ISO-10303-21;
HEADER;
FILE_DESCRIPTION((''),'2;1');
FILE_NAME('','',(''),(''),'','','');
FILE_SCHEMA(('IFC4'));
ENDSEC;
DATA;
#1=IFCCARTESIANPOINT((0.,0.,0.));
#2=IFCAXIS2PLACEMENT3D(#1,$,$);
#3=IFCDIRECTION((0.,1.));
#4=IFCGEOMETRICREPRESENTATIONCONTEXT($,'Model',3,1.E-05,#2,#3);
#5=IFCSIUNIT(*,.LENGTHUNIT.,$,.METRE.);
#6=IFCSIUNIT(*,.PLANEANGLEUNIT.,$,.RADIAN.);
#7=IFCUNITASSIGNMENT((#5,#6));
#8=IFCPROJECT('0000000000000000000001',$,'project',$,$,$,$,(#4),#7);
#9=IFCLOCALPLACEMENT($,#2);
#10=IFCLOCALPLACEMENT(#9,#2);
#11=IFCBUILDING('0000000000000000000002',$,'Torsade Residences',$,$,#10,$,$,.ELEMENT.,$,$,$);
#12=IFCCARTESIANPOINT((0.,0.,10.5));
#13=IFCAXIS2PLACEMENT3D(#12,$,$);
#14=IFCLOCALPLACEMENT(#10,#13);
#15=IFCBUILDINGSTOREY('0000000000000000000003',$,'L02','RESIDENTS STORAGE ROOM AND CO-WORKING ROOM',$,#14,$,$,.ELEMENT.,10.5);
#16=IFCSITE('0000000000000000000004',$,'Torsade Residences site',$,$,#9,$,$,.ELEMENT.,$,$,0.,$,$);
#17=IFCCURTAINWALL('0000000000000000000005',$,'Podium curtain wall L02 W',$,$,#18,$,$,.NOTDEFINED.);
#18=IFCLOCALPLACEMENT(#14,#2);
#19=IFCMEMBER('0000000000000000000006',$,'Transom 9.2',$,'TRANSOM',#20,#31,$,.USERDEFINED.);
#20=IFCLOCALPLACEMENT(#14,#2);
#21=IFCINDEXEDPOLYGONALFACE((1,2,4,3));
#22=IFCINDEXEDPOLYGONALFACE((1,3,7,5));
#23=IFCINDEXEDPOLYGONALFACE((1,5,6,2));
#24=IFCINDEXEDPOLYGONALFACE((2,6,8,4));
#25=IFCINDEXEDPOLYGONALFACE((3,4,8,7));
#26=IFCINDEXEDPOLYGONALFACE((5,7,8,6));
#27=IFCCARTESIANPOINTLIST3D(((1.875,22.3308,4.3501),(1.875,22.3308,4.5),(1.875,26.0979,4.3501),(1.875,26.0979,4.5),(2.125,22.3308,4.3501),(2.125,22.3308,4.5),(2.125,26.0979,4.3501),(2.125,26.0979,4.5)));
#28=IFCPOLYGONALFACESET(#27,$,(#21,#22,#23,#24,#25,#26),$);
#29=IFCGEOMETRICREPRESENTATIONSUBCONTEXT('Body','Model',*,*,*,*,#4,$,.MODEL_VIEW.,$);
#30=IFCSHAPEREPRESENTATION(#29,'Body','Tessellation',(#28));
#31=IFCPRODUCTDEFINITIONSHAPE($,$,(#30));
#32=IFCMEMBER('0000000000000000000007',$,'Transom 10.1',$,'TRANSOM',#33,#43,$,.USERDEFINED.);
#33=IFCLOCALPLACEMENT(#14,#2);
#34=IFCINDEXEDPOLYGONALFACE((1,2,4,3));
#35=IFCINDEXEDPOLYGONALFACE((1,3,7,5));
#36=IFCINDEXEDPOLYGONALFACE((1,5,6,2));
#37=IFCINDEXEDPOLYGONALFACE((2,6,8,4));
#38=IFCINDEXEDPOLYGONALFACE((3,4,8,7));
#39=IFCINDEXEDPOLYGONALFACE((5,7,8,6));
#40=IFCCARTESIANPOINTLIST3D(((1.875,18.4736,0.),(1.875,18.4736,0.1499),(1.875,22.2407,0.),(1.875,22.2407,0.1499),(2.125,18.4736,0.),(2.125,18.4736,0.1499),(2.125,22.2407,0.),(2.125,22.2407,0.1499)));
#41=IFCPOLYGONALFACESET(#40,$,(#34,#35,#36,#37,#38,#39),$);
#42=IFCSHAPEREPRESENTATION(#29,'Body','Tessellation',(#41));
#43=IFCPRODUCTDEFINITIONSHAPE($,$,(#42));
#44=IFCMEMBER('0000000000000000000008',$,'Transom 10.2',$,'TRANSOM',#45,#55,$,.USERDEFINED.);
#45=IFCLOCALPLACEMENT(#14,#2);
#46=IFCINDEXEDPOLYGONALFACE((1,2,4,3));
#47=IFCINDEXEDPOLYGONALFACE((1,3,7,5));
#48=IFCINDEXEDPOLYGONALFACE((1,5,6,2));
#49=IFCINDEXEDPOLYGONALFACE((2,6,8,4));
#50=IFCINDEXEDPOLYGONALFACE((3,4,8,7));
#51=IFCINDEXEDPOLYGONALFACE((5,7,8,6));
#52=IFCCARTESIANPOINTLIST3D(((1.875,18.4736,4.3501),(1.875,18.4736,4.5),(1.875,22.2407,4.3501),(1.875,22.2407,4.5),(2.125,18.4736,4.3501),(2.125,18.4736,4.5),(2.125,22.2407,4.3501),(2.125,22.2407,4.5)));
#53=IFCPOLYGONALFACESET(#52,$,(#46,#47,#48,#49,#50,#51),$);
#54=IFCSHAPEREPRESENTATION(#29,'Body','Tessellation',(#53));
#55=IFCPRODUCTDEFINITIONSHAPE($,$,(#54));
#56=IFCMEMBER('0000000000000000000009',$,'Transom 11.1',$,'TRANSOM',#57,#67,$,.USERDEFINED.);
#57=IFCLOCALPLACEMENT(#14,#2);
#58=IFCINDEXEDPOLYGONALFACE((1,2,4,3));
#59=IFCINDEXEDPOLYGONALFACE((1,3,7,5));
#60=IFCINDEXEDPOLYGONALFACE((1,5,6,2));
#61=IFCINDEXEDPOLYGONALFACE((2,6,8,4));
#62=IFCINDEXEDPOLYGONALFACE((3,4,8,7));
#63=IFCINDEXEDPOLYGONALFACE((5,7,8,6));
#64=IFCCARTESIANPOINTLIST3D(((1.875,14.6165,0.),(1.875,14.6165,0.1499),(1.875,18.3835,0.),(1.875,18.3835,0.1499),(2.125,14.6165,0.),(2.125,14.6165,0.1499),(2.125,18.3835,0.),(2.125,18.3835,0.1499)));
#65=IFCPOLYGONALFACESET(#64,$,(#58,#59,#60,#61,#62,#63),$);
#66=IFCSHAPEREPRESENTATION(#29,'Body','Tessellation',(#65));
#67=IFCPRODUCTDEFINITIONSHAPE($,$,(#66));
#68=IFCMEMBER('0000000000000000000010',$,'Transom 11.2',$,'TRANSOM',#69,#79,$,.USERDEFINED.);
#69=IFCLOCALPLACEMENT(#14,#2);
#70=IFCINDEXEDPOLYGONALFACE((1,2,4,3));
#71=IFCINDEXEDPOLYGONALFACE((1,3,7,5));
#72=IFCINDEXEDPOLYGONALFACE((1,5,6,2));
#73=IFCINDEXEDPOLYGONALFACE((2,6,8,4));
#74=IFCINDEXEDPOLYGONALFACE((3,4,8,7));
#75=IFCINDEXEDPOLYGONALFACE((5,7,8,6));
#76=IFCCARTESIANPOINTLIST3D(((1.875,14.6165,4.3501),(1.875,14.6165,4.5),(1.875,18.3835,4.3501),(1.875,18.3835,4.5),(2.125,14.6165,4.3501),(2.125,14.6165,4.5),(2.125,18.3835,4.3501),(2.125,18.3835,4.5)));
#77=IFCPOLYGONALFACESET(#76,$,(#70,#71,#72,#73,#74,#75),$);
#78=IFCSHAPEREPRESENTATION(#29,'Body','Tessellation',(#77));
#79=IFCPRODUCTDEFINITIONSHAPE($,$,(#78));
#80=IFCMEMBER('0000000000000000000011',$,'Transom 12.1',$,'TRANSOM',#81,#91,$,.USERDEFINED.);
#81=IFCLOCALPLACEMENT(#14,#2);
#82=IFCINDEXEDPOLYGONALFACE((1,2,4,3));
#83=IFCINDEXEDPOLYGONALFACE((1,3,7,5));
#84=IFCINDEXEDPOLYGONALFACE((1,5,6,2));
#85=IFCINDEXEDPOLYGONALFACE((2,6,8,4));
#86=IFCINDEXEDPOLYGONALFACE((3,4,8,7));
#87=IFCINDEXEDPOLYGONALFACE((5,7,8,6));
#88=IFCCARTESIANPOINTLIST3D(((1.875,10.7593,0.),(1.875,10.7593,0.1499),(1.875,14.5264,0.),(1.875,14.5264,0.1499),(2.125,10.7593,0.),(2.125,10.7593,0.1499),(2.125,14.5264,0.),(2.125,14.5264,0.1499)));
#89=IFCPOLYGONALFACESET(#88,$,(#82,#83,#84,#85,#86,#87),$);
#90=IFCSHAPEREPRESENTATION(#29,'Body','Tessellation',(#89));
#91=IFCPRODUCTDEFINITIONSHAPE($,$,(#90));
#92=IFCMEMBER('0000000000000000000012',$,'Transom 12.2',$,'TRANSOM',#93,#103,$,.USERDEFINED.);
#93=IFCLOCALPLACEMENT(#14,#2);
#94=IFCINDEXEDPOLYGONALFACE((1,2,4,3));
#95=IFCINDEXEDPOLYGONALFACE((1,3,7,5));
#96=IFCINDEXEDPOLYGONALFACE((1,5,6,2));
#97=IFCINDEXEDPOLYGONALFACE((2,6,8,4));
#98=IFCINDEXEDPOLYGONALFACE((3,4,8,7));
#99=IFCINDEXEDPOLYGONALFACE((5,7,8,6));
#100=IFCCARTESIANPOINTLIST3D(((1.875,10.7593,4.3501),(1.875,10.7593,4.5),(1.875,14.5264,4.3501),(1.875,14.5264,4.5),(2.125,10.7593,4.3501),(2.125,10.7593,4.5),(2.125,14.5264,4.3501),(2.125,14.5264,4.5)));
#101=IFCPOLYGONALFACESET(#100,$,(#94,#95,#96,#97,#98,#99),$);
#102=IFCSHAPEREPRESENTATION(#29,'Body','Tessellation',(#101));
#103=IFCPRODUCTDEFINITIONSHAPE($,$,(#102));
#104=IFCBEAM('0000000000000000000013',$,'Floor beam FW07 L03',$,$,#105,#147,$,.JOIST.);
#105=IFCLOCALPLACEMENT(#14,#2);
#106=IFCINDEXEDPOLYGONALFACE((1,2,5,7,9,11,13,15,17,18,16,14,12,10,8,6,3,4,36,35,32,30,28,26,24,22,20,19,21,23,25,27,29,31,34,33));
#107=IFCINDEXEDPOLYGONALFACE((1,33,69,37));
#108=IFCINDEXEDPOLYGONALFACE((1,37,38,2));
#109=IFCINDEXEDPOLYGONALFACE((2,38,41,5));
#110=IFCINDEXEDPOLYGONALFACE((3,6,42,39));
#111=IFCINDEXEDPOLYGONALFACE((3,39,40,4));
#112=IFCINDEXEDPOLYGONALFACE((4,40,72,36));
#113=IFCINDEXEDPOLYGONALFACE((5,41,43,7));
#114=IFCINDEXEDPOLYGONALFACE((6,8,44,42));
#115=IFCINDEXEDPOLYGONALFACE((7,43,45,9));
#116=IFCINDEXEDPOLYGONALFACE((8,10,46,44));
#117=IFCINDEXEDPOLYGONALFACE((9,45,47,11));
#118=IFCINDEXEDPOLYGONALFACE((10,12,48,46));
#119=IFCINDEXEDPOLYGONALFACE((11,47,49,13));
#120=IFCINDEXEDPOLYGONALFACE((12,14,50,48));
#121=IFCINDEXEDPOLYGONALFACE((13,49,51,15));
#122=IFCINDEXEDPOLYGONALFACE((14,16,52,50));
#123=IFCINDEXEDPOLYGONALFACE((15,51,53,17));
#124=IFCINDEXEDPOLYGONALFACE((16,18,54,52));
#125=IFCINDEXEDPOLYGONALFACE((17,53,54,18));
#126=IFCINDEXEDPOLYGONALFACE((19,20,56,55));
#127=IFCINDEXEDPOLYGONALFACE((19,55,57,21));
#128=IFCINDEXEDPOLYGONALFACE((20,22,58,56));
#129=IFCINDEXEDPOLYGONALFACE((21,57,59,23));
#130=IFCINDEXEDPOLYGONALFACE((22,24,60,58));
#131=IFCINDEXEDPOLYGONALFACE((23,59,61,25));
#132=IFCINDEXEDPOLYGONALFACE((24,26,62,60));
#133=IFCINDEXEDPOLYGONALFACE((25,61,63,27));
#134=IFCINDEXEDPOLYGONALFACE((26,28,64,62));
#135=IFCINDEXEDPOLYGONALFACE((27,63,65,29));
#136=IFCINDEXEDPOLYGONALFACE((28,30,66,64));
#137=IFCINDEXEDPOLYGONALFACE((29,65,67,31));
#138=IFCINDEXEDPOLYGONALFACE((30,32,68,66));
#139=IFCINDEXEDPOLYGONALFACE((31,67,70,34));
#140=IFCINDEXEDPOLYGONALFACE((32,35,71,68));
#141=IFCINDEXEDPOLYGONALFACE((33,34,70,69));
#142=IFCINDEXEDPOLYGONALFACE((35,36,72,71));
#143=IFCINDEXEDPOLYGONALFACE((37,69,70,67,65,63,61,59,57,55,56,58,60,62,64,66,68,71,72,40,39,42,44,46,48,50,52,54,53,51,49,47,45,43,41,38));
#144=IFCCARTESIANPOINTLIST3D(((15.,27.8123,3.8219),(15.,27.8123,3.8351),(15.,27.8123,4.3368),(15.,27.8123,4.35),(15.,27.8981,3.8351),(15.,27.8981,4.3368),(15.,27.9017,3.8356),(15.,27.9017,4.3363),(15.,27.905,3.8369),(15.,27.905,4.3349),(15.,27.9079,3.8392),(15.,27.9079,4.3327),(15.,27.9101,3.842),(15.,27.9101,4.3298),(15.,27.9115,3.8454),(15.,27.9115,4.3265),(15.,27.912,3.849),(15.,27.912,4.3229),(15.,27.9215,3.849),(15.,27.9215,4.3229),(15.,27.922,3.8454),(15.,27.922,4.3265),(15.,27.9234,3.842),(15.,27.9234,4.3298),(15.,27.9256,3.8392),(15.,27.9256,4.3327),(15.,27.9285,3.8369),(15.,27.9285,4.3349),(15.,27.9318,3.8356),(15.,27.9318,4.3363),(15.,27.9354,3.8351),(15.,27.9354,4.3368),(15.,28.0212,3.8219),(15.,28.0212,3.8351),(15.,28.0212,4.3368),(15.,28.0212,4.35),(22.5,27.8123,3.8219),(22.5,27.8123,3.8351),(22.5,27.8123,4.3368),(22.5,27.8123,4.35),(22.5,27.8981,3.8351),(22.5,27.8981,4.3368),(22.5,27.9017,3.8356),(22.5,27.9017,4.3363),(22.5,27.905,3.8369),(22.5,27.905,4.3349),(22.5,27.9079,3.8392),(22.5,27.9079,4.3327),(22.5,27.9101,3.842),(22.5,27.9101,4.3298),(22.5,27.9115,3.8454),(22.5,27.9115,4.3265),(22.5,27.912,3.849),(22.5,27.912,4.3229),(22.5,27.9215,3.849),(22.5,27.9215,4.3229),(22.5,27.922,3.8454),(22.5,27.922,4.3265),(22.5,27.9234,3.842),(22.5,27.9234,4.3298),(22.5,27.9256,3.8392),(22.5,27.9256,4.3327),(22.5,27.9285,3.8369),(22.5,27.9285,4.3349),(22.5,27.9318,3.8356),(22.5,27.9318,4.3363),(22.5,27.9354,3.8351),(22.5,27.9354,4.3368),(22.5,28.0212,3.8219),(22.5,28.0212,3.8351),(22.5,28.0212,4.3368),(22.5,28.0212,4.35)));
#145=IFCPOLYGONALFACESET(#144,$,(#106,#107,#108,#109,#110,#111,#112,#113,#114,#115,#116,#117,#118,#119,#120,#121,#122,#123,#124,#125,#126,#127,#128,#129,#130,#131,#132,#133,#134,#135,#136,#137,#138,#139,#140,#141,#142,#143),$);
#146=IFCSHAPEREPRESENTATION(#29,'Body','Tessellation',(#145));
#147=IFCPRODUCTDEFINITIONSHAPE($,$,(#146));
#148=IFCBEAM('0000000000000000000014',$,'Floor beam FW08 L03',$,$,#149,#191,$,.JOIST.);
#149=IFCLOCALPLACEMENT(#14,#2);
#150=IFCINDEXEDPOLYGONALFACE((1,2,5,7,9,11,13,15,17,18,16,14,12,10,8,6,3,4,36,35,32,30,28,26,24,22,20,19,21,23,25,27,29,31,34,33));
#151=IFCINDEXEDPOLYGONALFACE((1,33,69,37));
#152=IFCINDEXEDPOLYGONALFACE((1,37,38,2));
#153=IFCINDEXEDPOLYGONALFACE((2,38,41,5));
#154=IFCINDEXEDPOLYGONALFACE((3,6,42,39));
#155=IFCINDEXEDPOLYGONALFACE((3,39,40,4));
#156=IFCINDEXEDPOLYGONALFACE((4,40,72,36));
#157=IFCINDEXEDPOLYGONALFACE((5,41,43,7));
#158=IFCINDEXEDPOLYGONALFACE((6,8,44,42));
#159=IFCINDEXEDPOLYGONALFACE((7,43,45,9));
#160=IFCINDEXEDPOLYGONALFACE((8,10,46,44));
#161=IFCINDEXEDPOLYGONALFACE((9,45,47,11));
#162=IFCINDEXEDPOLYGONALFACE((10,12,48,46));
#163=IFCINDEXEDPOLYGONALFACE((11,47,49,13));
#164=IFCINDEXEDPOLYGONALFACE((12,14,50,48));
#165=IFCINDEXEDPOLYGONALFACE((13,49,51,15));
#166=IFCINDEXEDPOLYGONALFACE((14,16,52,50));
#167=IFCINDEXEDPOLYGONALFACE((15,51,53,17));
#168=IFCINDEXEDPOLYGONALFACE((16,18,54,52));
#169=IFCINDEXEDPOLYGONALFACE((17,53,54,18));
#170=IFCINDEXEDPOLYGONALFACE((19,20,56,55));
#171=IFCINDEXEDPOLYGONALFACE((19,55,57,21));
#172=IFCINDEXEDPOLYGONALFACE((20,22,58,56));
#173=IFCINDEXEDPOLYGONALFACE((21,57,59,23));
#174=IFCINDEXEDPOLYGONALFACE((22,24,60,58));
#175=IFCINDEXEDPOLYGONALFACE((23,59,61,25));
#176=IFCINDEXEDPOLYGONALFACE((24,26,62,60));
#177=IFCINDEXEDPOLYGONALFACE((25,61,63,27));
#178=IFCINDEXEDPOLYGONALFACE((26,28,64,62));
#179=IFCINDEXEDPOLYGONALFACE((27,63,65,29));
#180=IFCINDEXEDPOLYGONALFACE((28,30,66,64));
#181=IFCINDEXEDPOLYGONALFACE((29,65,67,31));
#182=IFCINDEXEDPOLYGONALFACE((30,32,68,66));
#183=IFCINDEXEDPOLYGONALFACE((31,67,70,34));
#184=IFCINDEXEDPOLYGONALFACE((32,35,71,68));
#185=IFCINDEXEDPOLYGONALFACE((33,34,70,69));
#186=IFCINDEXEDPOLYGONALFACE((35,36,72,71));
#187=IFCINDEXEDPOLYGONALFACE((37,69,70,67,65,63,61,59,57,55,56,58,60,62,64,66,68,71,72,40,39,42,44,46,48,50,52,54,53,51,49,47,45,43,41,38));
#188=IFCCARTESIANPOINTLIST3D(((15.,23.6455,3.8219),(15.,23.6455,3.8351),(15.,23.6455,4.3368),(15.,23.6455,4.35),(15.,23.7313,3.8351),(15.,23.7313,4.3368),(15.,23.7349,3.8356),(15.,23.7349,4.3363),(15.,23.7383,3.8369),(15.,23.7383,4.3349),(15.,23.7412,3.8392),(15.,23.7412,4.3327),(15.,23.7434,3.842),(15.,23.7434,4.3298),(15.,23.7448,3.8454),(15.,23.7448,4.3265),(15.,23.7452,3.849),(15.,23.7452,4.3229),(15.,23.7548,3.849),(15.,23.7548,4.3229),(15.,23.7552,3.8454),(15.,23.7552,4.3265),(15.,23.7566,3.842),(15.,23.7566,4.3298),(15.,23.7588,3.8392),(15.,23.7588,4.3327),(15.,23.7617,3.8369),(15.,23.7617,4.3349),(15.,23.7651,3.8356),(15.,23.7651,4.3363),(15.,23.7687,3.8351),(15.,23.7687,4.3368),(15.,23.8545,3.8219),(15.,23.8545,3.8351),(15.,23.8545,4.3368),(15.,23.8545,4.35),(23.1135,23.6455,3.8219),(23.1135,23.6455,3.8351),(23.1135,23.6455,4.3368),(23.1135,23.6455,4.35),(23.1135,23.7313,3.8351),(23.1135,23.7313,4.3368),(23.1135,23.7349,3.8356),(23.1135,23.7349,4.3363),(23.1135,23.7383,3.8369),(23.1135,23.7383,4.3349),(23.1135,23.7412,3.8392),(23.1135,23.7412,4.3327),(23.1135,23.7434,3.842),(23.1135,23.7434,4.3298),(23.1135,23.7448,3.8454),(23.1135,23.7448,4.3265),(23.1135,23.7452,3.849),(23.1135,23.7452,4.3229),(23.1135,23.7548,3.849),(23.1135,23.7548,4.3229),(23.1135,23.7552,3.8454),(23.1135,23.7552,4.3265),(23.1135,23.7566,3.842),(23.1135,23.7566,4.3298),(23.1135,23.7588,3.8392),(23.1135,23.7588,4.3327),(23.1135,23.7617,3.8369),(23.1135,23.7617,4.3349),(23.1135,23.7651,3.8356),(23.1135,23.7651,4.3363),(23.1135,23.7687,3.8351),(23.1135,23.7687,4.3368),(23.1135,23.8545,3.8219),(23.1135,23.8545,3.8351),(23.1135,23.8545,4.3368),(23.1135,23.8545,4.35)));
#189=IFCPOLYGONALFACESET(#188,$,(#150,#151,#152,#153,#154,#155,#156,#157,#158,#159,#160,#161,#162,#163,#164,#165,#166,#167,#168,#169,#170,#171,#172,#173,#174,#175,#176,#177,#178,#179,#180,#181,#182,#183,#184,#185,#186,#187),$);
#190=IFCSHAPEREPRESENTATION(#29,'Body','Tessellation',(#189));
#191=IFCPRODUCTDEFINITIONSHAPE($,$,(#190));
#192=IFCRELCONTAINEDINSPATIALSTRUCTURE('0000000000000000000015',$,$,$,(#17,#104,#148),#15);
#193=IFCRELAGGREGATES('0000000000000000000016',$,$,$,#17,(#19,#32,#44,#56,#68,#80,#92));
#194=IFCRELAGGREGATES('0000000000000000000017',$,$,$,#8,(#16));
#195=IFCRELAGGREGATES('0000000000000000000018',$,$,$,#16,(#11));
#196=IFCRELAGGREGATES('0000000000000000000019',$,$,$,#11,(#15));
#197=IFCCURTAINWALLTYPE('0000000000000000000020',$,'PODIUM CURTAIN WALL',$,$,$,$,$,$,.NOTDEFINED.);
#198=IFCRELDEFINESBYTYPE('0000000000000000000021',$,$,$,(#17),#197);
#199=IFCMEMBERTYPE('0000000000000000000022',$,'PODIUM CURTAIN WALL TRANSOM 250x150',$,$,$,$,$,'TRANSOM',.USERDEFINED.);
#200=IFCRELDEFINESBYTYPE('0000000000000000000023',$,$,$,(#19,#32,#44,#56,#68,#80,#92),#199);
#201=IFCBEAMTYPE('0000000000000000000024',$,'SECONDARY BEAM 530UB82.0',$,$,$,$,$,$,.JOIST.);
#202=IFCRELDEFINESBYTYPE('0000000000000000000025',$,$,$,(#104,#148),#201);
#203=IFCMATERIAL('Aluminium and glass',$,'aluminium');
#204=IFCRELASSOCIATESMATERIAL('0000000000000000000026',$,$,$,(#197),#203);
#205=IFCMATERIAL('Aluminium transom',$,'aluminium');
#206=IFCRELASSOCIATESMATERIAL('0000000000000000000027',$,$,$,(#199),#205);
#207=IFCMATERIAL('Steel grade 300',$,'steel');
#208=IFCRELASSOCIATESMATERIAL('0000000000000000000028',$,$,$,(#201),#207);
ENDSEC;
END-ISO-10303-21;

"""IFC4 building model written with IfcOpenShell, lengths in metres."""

from ifc_helpers import new_model, si_unit, direction, frame, origin, origin_2d, place, context, subcontext, project, spatial, rectangle, i_section, extrude, material, material_profile, profile_set, type_object, element, aggregate, save


model = new_model("IFC4")

# Units and contexts
model_context = context("Model", 3, precision=1e-05, world=origin(), true_north=direction((0.0, 1.0)))
body_context = subcontext(model_context, "Body", "Model", "MODEL_VIEW")
ifc_project = project(units=[si_unit("LENGTHUNIT", "METRE"), si_unit("PLANEANGLEUNIT", "RADIAN")], contexts=[model_context])

# Site, building, storey
site_placement = place(None, origin())
site = spatial("IfcSite", under=ifc_project, at=site_placement, Name="Torsade Residences site", CompositionType="ELEMENT", RefElevation=0.0)
building_placement = place(site_placement, origin())
building = spatial("IfcBuilding", under=site, at=building_placement, Name="Torsade Residences", CompositionType="ELEMENT")
storey_placement = place(building_placement, frame((0.0, 0.0, 10.5)))
storey = spatial("IfcBuildingStorey", under=building, at=storey_placement, Name="L02", Description="RESIDENTS STORAGE ROOM AND CO-WORKING ROOM", CompositionType="ELEMENT", Elevation=10.5)

# Curtain wall, members
ifc_material_1 = material(Name="Aluminium and glass", Category="aluminium")
curtain_wall_type = type_object("IfcCurtainWallType", Name="PODIUM CURTAIN WALL", PredefinedType="NOTDEFINED", material=ifc_material_1)
curtain_wall_placement = place(storey_placement, origin())
curtain_wall = element("IfcCurtainWall", 1, at=curtain_wall_placement, inside=storey, type_object=curtain_wall_type, Name="Podium curtain wall L02 W", PredefinedType="NOTDEFINED")
ifc_material_2 = material(Name="Aluminium transom", Category="aluminium")
ifc_material_profile_1 = material_profile(ifc_material_2, rectangle(XDim=0.25, YDim=0.1499, at=origin_2d()), Name="PODIUM CURTAIN WALL TRANSOM 250x150")
ifc_profile_set_1 = profile_set([ifc_material_profile_1], Name="Aluminium transom")
member_type_1 = type_object("IfcMemberType", Name="PODIUM CURTAIN WALL TRANSOM 250x150", ElementType="TRANSOM", PredefinedType="USERDEFINED", material=ifc_profile_set_1)
member_1_placement = place(storey_placement, frame((2.0, 26.0979, 4.425), z_axis=(0.0, -1.0, 0.0), x_axis=(1.0, 0.0, 0.0)))
member_1 = element("IfcMember", 2, at=member_1_placement, type_object=member_type_1, Name="Transom 9.2", ObjectType="TRANSOM", PredefinedType="USERDEFINED", context=body_context, shape_type="SweptSolid", body=[
    extrude(rectangle(XDim=0.25, YDim=0.1499, at=origin_2d()), origin(), (0.0, 0.0, 1.0), 3.7671),
])
member_2_placement = place(storey_placement, frame((2.0, 22.2407, 0.075), z_axis=(0.0, -1.0, 0.0), x_axis=(1.0, 0.0, 0.0)))
member_2 = element("IfcMember", 3, at=member_2_placement, type_object=member_type_1, Name="Transom 10.1", ObjectType="TRANSOM", PredefinedType="USERDEFINED", context=body_context, shape_type="SweptSolid", body=[
    extrude(rectangle(XDim=0.25, YDim=0.1499, at=origin_2d()), origin(), (0.0, 0.0, 1.0), 3.7671),
])
member_3_placement = place(storey_placement, frame((2.0, 22.2407, 4.425), z_axis=(0.0, -1.0, 0.0), x_axis=(1.0, 0.0, 0.0)))
member_3 = element("IfcMember", 4, at=member_3_placement, type_object=member_type_1, Name="Transom 10.2", ObjectType="TRANSOM", PredefinedType="USERDEFINED", context=body_context, shape_type="SweptSolid", body=[
    extrude(rectangle(XDim=0.25, YDim=0.1499, at=origin_2d()), origin(), (0.0, 0.0, 1.0), 3.7671),
])
member_4_placement = place(storey_placement, frame((2.0, 18.3835, 0.075), z_axis=(0.0, -1.0, 0.0), x_axis=(1.0, 0.0, 0.0)))
member_4 = element("IfcMember", 5, at=member_4_placement, type_object=member_type_1, Name="Transom 11.1", ObjectType="TRANSOM", PredefinedType="USERDEFINED", context=body_context, shape_type="SweptSolid", body=[
    extrude(rectangle(XDim=0.25, YDim=0.1499, at=origin_2d()), origin(), (0.0, 0.0, 1.0), 3.7671),
])
member_5_placement = place(storey_placement, frame((2.0, 18.3835, 4.425), z_axis=(0.0, -1.0, 0.0), x_axis=(1.0, 0.0, 0.0)))
member_5 = element("IfcMember", 6, at=member_5_placement, type_object=member_type_1, Name="Transom 11.2", ObjectType="TRANSOM", PredefinedType="USERDEFINED", context=body_context, shape_type="SweptSolid", body=[
    extrude(rectangle(XDim=0.25, YDim=0.1499, at=origin_2d()), origin(), (0.0, 0.0, 1.0), 3.7671),
])
member_6_placement = place(storey_placement, frame((2.0, 14.5264, 0.075), z_axis=(0.0, -1.0, 0.0), x_axis=(1.0, 0.0, 0.0)))
member_6 = element("IfcMember", 7, at=member_6_placement, type_object=member_type_1, Name="Transom 12.1", ObjectType="TRANSOM", PredefinedType="USERDEFINED", context=body_context, shape_type="SweptSolid", body=[
    extrude(rectangle(XDim=0.25, YDim=0.1499, at=origin_2d()), origin(), (0.0, 0.0, 1.0), 3.7671),
])
member_7_placement = place(storey_placement, frame((2.0, 14.5264, 4.425), z_axis=(0.0, -1.0, 0.0), x_axis=(1.0, 0.0, 0.0)))
member_7 = element("IfcMember", 8, at=member_7_placement, type_object=member_type_1, Name="Transom 12.2", ObjectType="TRANSOM", PredefinedType="USERDEFINED", context=body_context, shape_type="SweptSolid", body=[
    extrude(rectangle(XDim=0.25, YDim=0.1499, at=origin_2d()), origin(), (0.0, 0.0, 1.0), 3.7671),
])

# Beams
ifc_material_3 = material(Name="Steel grade 300", Category="steel")
ifc_material_profile_2 = material_profile(ifc_material_3, i_section(OverallWidth=0.209, OverallDepth=0.5281, WebThickness=0.0095, FlangeThickness=0.0132, FilletRadius=0.0139, at=origin_2d()), Name="530UB82.0")
ifc_profile_set_2 = profile_set([ifc_material_profile_2], Name="Steel grade 300")
beam_type_1 = type_object("IfcBeamType", Name="SECONDARY BEAM 530UB82.0", PredefinedType="JOIST", material=ifc_profile_set_2)
beam_1_placement = place(storey_placement, frame((15.0, 27.9167, 4.0859), z_axis=(1.0, 0.0, 0.0), x_axis=(0.0, 1.0, 0.0)))
element("IfcBeam", 9, at=beam_1_placement, inside=storey, type_object=beam_type_1, Name="Floor beam FW07 L03", PredefinedType="JOIST", context=body_context, shape_type="SweptSolid", body=[
    extrude(i_section(OverallWidth=0.209, OverallDepth=0.5281, WebThickness=0.0095, FlangeThickness=0.0132, FilletRadius=0.0139, at=origin_2d()), origin(), (0.0, 0.0, 1.0), 7.5),
])
beam_2_placement = place(storey_placement, frame((15.0, 23.75, 4.0859), z_axis=(1.0, 0.0, 0.0), x_axis=(0.0, 1.0, 0.0)))
element("IfcBeam", 10, at=beam_2_placement, inside=storey, type_object=beam_type_1, Name="Floor beam FW08 L03", PredefinedType="JOIST", context=body_context, shape_type="SweptSolid", body=[
    extrude(i_section(OverallWidth=0.209, OverallDepth=0.5281, WebThickness=0.0095, FlangeThickness=0.0132, FilletRadius=0.0139, at=origin_2d()), origin(), (0.0, 0.0, 1.0), 8.1135),
])

aggregate(curtain_wall, [member_1, member_2, member_3, member_4, member_5, member_6, member_7])

save(model, "model.ifc")
